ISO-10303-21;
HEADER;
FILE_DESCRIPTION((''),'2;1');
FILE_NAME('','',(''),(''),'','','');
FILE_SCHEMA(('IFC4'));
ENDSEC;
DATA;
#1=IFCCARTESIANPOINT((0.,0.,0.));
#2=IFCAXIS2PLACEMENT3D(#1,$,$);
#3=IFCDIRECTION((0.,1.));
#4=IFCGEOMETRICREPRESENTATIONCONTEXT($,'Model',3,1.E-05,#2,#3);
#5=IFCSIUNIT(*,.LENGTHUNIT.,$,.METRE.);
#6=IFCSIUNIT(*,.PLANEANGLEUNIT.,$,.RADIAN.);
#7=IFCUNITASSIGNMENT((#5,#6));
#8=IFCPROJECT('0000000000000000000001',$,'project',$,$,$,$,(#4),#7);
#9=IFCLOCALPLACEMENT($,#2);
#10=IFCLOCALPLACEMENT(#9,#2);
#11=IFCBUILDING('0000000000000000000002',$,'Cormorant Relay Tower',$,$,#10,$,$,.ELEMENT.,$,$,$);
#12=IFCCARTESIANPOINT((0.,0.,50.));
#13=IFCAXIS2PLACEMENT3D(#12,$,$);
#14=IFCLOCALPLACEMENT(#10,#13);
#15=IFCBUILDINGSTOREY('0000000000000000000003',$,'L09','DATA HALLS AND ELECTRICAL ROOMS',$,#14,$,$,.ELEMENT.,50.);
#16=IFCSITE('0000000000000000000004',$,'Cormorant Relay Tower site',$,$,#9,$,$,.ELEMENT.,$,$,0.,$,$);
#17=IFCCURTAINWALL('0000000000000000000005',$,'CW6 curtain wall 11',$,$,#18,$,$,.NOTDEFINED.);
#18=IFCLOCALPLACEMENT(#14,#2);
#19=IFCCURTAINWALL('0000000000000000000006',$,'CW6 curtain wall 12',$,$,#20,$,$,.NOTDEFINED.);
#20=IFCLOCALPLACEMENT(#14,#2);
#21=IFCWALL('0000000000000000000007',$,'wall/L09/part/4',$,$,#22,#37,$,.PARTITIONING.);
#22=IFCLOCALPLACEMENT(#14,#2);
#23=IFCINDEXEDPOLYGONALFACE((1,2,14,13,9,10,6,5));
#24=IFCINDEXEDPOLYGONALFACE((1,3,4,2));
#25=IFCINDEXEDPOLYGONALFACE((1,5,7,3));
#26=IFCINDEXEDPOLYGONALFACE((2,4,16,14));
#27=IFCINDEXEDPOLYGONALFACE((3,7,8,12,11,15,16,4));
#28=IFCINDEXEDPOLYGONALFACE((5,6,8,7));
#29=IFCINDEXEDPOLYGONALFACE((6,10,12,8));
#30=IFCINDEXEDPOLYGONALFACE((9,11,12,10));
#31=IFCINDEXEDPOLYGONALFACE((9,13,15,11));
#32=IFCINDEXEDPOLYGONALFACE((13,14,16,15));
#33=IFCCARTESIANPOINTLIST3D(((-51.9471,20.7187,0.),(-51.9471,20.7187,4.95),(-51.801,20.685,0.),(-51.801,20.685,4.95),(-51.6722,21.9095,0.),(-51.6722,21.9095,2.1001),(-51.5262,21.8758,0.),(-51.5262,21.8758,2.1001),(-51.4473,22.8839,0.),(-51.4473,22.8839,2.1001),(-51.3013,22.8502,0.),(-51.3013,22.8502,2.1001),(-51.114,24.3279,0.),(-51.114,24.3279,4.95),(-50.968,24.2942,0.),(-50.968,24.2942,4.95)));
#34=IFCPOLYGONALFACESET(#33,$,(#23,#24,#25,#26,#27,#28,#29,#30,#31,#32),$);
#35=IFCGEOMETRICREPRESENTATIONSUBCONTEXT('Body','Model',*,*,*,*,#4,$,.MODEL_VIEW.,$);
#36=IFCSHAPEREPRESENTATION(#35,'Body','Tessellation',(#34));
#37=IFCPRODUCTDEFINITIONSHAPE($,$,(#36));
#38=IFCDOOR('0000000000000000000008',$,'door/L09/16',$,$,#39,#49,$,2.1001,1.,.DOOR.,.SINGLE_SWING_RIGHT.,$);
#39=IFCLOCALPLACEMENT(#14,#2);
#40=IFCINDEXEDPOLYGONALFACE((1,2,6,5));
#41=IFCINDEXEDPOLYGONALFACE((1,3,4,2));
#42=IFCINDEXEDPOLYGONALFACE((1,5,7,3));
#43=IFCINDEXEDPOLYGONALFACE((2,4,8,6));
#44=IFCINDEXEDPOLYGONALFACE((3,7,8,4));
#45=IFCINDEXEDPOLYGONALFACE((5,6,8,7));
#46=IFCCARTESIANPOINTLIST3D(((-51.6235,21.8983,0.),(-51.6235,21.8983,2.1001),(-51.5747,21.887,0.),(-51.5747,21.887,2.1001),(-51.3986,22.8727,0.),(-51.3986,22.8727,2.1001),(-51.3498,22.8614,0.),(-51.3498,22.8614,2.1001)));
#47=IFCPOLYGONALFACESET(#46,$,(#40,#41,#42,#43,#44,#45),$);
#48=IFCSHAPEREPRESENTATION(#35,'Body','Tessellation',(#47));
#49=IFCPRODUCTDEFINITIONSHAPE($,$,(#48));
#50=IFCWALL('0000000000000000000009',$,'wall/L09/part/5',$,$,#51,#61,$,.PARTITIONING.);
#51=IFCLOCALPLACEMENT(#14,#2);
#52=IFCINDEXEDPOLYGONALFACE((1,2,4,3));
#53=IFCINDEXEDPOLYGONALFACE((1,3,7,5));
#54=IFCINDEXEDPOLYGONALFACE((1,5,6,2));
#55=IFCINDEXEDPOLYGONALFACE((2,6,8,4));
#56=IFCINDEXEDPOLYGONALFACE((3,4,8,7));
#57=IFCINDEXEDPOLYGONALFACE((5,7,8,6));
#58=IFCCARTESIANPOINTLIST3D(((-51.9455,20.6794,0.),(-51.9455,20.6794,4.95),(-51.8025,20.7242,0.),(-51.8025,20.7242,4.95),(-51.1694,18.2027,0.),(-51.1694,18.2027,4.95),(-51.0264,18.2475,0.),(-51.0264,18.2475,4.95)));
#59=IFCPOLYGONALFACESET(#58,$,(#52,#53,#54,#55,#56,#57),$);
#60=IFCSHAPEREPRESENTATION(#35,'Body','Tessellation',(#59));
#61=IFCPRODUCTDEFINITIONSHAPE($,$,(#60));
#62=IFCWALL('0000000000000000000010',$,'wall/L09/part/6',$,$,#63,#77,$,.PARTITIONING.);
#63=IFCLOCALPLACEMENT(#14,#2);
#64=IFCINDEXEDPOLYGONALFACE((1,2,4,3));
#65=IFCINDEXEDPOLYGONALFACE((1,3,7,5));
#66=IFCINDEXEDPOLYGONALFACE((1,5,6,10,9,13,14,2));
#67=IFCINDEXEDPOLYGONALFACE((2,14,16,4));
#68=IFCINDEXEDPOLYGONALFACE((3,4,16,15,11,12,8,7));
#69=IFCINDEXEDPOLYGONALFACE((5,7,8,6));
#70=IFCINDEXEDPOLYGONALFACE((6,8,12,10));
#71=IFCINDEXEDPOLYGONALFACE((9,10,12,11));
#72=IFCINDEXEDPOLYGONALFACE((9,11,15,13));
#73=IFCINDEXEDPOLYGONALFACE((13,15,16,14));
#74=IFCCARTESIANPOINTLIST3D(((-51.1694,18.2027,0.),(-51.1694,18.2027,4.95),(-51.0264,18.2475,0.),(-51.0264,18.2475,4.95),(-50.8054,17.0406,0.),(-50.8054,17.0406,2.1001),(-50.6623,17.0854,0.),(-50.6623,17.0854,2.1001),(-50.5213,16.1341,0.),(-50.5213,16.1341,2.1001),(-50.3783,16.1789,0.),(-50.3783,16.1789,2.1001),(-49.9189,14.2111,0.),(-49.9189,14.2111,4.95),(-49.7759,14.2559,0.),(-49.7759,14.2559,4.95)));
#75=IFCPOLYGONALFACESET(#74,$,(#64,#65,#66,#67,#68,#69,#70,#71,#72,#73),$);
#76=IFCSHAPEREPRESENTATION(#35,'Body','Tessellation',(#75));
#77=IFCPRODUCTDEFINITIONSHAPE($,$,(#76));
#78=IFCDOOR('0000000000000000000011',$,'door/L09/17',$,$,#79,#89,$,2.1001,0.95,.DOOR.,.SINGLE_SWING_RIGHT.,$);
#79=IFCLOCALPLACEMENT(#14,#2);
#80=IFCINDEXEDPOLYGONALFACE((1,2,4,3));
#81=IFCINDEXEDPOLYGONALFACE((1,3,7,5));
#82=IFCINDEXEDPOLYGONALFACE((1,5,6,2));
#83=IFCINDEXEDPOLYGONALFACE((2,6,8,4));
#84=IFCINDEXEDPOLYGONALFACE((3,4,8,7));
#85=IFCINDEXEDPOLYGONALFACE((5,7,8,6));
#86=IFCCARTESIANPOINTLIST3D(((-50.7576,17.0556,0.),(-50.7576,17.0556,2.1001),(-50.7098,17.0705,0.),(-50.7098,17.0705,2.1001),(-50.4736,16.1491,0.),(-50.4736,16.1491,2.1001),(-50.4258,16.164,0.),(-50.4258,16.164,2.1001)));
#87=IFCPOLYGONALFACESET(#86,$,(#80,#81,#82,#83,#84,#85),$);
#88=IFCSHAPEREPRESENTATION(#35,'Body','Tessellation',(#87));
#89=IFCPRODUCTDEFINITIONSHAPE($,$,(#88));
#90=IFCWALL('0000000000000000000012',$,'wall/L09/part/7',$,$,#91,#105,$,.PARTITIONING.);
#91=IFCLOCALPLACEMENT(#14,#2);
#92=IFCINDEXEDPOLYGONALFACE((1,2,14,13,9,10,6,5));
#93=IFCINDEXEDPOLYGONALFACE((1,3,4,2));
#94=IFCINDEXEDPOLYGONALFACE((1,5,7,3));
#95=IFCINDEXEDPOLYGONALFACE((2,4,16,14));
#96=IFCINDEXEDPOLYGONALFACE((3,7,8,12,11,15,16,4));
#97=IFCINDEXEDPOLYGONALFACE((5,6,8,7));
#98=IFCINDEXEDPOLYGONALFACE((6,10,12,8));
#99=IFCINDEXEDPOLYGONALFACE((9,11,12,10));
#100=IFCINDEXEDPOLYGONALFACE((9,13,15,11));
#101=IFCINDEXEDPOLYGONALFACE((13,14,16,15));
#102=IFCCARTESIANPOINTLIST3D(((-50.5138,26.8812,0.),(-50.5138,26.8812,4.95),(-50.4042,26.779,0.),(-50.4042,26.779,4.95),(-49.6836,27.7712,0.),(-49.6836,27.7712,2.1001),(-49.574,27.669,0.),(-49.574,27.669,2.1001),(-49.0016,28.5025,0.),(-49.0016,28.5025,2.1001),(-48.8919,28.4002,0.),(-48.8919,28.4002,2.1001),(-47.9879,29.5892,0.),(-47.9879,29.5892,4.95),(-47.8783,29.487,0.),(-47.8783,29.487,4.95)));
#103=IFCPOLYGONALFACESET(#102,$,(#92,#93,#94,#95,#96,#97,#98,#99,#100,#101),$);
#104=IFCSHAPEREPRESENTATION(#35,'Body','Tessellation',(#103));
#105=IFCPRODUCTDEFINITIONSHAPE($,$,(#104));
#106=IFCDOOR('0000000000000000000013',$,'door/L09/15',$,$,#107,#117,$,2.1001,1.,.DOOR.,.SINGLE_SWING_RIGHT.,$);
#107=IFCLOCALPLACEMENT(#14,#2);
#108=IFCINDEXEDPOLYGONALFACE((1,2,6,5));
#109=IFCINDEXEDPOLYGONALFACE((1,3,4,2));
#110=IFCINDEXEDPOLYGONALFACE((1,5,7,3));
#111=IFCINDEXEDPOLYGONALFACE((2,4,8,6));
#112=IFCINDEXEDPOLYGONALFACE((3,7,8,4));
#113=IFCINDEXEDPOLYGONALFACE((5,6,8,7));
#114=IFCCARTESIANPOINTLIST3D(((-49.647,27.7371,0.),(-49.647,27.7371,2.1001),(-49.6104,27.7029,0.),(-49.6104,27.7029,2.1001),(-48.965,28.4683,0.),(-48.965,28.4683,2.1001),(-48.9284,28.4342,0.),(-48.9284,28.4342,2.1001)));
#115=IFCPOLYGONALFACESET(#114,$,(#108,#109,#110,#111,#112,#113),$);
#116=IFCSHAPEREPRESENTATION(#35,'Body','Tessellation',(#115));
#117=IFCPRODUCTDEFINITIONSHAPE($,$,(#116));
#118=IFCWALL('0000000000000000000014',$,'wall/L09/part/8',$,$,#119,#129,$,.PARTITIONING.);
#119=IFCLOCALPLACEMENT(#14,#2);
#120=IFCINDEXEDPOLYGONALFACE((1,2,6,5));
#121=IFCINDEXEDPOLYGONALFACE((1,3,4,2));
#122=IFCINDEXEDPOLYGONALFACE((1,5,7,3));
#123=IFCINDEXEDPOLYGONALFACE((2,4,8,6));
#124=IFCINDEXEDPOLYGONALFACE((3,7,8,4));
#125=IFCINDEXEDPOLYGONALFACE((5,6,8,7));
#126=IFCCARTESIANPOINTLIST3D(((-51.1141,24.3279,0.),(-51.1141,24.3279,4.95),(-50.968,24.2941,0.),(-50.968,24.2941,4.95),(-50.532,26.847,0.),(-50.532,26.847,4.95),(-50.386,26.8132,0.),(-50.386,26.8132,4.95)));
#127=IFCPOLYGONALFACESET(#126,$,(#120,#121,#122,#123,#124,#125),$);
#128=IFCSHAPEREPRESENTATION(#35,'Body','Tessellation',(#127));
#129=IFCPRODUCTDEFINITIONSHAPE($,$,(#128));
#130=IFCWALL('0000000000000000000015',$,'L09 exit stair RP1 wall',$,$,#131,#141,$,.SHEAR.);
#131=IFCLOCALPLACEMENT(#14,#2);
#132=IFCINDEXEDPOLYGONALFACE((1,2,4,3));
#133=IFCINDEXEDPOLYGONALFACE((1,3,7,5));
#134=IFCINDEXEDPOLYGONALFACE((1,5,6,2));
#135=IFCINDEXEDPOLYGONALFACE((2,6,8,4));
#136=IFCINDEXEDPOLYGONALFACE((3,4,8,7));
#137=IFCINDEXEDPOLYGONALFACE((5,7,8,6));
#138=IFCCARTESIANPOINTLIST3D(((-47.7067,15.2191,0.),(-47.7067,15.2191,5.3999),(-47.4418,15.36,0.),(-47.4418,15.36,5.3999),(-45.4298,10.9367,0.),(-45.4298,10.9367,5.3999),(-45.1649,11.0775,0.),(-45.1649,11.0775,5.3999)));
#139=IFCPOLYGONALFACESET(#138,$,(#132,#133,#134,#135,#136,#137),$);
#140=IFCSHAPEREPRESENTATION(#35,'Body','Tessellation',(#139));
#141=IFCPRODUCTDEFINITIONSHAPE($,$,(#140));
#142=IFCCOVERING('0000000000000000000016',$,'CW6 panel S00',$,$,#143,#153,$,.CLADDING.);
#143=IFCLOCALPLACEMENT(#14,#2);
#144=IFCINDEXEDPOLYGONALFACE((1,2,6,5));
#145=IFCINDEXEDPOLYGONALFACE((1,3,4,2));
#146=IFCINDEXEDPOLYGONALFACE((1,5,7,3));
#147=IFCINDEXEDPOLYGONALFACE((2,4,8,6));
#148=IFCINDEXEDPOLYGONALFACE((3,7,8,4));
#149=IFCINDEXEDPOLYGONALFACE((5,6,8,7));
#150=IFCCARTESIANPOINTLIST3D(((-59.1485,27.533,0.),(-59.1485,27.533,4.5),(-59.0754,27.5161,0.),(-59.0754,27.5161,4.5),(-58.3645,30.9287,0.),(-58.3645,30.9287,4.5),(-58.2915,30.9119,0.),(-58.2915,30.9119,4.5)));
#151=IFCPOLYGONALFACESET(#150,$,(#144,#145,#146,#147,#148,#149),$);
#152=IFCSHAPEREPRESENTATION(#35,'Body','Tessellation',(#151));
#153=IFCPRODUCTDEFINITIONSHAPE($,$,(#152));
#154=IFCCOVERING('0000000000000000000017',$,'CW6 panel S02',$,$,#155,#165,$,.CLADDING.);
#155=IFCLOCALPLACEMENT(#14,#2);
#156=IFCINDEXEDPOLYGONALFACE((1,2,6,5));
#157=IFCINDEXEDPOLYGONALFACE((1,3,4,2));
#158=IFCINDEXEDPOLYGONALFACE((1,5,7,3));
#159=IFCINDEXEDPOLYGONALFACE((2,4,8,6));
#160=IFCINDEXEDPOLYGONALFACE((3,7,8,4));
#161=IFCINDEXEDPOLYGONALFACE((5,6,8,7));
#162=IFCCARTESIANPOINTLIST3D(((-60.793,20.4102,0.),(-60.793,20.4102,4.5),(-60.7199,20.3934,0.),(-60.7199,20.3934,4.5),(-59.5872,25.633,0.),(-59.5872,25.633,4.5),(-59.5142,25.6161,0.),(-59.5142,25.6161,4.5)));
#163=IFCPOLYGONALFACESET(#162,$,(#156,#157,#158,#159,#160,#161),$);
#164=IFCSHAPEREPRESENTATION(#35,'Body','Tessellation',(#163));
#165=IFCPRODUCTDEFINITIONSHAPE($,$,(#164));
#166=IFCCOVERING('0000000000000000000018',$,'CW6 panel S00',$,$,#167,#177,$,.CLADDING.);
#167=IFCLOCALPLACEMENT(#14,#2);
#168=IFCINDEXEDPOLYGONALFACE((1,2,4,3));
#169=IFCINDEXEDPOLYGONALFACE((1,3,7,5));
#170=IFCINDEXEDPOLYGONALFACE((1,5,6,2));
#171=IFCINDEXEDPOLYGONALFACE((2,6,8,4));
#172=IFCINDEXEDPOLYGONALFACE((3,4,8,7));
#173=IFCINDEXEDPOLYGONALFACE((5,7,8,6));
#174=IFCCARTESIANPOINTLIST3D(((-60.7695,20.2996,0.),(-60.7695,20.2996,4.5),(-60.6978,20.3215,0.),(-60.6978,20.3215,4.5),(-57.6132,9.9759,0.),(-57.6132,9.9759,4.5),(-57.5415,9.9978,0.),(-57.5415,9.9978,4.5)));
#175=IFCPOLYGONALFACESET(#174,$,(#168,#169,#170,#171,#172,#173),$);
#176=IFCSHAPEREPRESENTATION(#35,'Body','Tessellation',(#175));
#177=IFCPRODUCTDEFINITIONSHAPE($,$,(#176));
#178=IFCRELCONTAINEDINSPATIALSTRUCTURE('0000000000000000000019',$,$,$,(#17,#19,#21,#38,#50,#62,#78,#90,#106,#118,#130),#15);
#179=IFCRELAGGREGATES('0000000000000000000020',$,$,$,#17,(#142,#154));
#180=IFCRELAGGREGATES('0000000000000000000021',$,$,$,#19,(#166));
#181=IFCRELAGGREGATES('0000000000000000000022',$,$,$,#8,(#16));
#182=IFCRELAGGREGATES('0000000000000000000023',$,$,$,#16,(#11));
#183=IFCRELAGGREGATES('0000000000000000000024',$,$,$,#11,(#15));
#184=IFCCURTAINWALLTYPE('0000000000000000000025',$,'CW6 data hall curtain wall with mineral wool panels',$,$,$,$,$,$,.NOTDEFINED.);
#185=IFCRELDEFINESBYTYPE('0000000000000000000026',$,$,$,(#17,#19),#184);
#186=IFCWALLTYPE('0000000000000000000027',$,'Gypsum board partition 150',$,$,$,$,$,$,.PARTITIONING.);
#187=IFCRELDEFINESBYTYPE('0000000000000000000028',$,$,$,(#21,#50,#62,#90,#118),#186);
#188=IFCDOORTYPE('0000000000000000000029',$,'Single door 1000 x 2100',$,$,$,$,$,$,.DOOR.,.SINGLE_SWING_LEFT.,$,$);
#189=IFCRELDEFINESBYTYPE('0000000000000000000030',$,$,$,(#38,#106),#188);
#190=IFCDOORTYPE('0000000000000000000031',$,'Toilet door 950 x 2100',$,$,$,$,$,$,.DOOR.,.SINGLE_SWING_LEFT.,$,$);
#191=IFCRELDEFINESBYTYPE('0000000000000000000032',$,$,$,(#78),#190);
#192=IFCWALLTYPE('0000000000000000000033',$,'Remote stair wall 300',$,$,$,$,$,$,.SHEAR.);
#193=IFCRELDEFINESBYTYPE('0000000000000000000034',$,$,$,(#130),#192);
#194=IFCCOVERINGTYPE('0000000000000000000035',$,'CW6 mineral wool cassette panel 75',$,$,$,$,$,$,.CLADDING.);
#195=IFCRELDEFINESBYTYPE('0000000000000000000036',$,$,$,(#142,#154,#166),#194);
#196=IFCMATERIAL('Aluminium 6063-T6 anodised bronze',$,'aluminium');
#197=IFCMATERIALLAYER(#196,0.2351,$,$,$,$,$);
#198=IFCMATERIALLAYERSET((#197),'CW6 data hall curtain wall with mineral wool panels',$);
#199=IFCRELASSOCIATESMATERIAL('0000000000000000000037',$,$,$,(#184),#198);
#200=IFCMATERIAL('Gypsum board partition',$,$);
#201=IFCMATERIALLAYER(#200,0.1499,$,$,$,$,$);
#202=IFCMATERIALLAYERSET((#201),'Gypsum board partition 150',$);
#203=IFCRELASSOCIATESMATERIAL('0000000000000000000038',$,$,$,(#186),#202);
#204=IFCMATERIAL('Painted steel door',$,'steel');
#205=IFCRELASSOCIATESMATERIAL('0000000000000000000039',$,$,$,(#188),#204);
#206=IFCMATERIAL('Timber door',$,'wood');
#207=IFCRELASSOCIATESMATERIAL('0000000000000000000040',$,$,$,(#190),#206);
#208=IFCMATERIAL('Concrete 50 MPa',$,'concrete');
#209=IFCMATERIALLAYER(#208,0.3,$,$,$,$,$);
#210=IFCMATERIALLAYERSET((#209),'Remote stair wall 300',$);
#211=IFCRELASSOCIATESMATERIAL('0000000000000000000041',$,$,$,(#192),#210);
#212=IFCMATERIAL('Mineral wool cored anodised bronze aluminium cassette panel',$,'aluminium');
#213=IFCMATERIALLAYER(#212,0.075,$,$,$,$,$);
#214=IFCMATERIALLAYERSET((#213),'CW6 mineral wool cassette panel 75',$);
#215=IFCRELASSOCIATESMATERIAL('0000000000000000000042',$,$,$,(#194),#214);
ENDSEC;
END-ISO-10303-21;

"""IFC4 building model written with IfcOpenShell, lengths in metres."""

from ifc_helpers import new_model, si_unit, direction, frame, frame_2d, origin, origin_2d, place, context, subcontext, project, spatial, rectangle, extrude, material, layer, layer_set, type_object, element, fill, aggregate, save


model = new_model("IFC4")

# Units and contexts
model_context = context("Model", 3, precision=1e-05, world=origin(), true_north=direction((0.0, 1.0)))
body_context = subcontext(model_context, "Body", "Model", "MODEL_VIEW")
ifc_project = project(units=[si_unit("LENGTHUNIT", "METRE"), si_unit("PLANEANGLEUNIT", "RADIAN")], contexts=[model_context])

# Site, building, storey
site_placement = place(None, origin())
site = spatial("IfcSite", under=ifc_project, at=site_placement, Name="Cormorant Relay Tower site", CompositionType="ELEMENT", RefElevation=0.0)
building_placement = place(site_placement, origin())
building = spatial("IfcBuilding", under=site, at=building_placement, Name="Cormorant Relay Tower", CompositionType="ELEMENT")
storey_placement = place(building_placement, frame((0.0, 0.0, 50.0)))
storey = spatial("IfcBuildingStorey", under=building, at=storey_placement, Name="L09", Description="DATA HALLS AND ELECTRICAL ROOMS", CompositionType="ELEMENT", Elevation=50.0)

# Curtain wall
ifc_material_1 = material(Name="Aluminium 6063-T6 anodised bronze", Category="aluminium")
ifc_layer_1 = layer(ifc_material_1, 0.2351)
ifc_layer_set_1 = layer_set([ifc_layer_1], Name="CW6 data hall curtain wall with mineral wool panels")
curtain_wall_type = type_object("IfcCurtainWallType", Name="CW6 data hall curtain wall with mineral wool panels", PredefinedType="NOTDEFINED", material=ifc_layer_set_1)
curtain_wall_1_placement = place(storey_placement, origin())
curtain_wall_1 = element("IfcCurtainWall", 1, at=curtain_wall_1_placement, inside=storey, type_object=curtain_wall_type, Name="CW6 curtain wall 11", PredefinedType="NOTDEFINED")

# Curtain wall
curtain_wall_2_placement = place(storey_placement, origin())
curtain_wall_2 = element("IfcCurtainWall", 2, at=curtain_wall_2_placement, inside=storey, type_object=curtain_wall_type, Name="CW6 curtain wall 12", PredefinedType="NOTDEFINED")

# Shared definitions
ifc_material_2 = material(Name="Gypsum board partition")
ifc_layer_2 = layer(ifc_material_2, 0.1499)
ifc_layer_set_2 = layer_set([ifc_layer_2], Name="Gypsum board partition 150")
wall_type_1 = type_object("IfcWallType", Name="Gypsum board partition 150", PredefinedType="PARTITIONING", material=ifc_layer_set_2)

# Wall, opening, door
wall_1_placement = place(storey_placement, frame((-51.041, 24.311, 0.0), z_axis=(0.0, 0.0, 1.0), x_axis=(-0.224893, -0.974383, 0.0)))
wall_1 = element("IfcWall", 3, at=wall_1_placement, inside=storey, type_object=wall_type_1, Name="wall/L09/part/4", PredefinedType="PARTITIONING", context=body_context, shape_type="SweptSolid", body=[
    extrude(rectangle(XDim=3.7041, YDim=0.1499, at=frame_2d((1.8521, 0.0))), origin(), (0.0, 0.0, 1.0), 4.95),
])
opening_1_placement = place(wall_1_placement, frame((1.4819, 0.0, 0.0)))
opening_1 = element("IfcOpeningElement", 4, at=opening_1_placement, cuts=wall_1, PredefinedType="OPENING", context=body_context, shape_type="SweptSolid", body=[
    extrude(rectangle(XDim=1.0, YDim=2.1001, at=frame_2d((0.5, 1.05))), frame((0.0, 0.085, 0.0), z_axis=(0.0, -1.0, 0.0), x_axis=(1.0, 0.0, 0.0)), (0.0, 0.0, 1.0), 0.1699),
])
ifc_material_3 = material(Name="Painted steel door", Category="steel")
door_type_1 = type_object("IfcDoorType", Name="Single door 1000 x 2100", OperationType="SINGLE_SWING_LEFT", PredefinedType="DOOR", material=ifc_material_3)
door_1_placement = place(opening_1_placement, frame((1.0, 0.0, 0.0), z_axis=(0.0, 0.0, 1.0), x_axis=(-1.0, 0.0, 0.0)))
door_1 = element("IfcDoor", 5, at=door_1_placement, inside=storey, type_object=door_type_1, Name="door/L09/16", OperationType="SINGLE_SWING_RIGHT", OverallHeight=2.1001, OverallWidth=1.0, PredefinedType="DOOR", context=body_context, shape_type="SweptSolid", body=[
    extrude(rectangle(XDim=1.0, YDim=2.1001, at=frame_2d((0.5, 1.05))), frame((0.0, 0.0249, 0.0), z_axis=(0.0, -1.0, 0.0), x_axis=(1.0, 0.0, 0.0)), (0.0, 0.0, 1.0), 0.05),
])
fill(opening_1, door_1)

# Wall
wall_2_placement = place(storey_placement, frame((-51.874, 20.7019, 0.0), z_axis=(0.0, 0.0, 1.0), x_axis=(0.299019, -0.954247, 0.0)))
element("IfcWall", 6, at=wall_2_placement, inside=storey, type_object=wall_type_1, Name="wall/L09/part/5", PredefinedType="PARTITIONING", context=body_context, shape_type="SweptSolid", body=[
    extrude(rectangle(XDim=2.5955, YDim=0.1499, at=frame_2d((1.2979, 0.0))), origin(), (0.0, 0.0, 1.0), 4.95),
])

# Walls, openings, doors
wall_3_placement = place(storey_placement, frame((-49.8474, 14.2336, 0.0), z_axis=(0.0, 0.0, 1.0), x_axis=(-0.298963, 0.954265, 0.0)))
wall_3 = element("IfcWall", 7, at=wall_3_placement, inside=storey, type_object=wall_type_1, Name="wall/L09/part/6", PredefinedType="PARTITIONING", context=body_context, shape_type="SweptSolid", body=[
    extrude(rectangle(XDim=4.1829, YDim=0.1499, at=frame_2d((2.0913, 0.0))), origin(), (0.0, 0.0, 1.0), 4.95),
])
opening_2_placement = place(wall_3_placement, frame((2.0149, 0.0, 0.0)))
opening_2 = element("IfcOpeningElement", 8, at=opening_2_placement, cuts=wall_3, PredefinedType="OPENING", context=body_context, shape_type="SweptSolid", body=[
    extrude(rectangle(XDim=0.95, YDim=2.1001, at=frame_2d((0.4751, 1.05))), frame((0.0, 0.085, 0.0), z_axis=(0.0, -1.0, 0.0), x_axis=(1.0, 0.0, 0.0)), (0.0, 0.0, 1.0), 0.1699),
])
ifc_material_4 = material(Name="Timber door", Category="wood")
door_type_2 = type_object("IfcDoorType", Name="Toilet door 950 x 2100", OperationType="SINGLE_SWING_LEFT", PredefinedType="DOOR", material=ifc_material_4)
door_2_placement = place(opening_2_placement, origin())
door_2 = element("IfcDoor", 9, at=door_2_placement, inside=storey, type_object=door_type_2, Name="door/L09/17", OperationType="SINGLE_SWING_RIGHT", OverallHeight=2.1001, OverallWidth=0.95, PredefinedType="DOOR", context=body_context, shape_type="SweptSolid", body=[
    extrude(rectangle(XDim=0.95, YDim=2.1001, at=frame_2d((0.4751, 1.05))), frame((0.0, 0.0249, 0.0), z_axis=(0.0, -1.0, 0.0), x_axis=(1.0, 0.0, 0.0)), (0.0, 0.0, 1.0), 0.05),
])
fill(opening_2, door_2)
wall_4_placement = place(storey_placement, frame((-47.9331, 29.5381, 0.0), z_axis=(0.0, 0.0, 1.0), x_axis=(-0.682088, -0.73127, 0.0)))
wall_4 = element("IfcWall", 10, at=wall_4_placement, inside=storey, type_object=wall_type_1, Name="wall/L09/part/7", PredefinedType="PARTITIONING", context=body_context, shape_type="SweptSolid", body=[
    extrude(rectangle(XDim=3.7031, YDim=0.1499, at=frame_2d((1.8516, 0.0))), origin(), (0.0, 0.0, 1.0), 4.95),
])
opening_3_placement = place(wall_4_placement, frame((1.4861, 0.0, 0.0)))
opening_3 = element("IfcOpeningElement", 11, at=opening_3_placement, cuts=wall_4, PredefinedType="OPENING", context=body_context, shape_type="SweptSolid", body=[
    extrude(rectangle(XDim=1.0, YDim=2.1001, at=frame_2d((0.5, 1.05))), frame((0.0, 0.085, 0.0), z_axis=(0.0, -1.0, 0.0), x_axis=(1.0, 0.0, 0.0)), (0.0, 0.0, 1.0), 0.1699),
])
door_3_placement = place(opening_3_placement, frame((1.0, 0.0, 0.0), z_axis=(0.0, 0.0, 1.0), x_axis=(-1.0, 0.0, 0.0)))
door_3 = element("IfcDoor", 12, at=door_3_placement, inside=storey, type_object=door_type_1, Name="door/L09/15", OperationType="SINGLE_SWING_RIGHT", OverallHeight=2.1001, OverallWidth=1.0, PredefinedType="DOOR", context=body_context, shape_type="SweptSolid", body=[
    extrude(rectangle(XDim=1.0, YDim=2.1001, at=frame_2d((0.5, 1.05))), frame((0.0, 0.0249, 0.0), z_axis=(0.0, -1.0, 0.0), x_axis=(1.0, 0.0, 0.0)), (0.0, 0.0, 1.0), 0.05),
])
fill(opening_3, door_3)

# Walls
wall_5_placement = place(storey_placement, frame((-50.459, 26.8301, 0.0), z_axis=(0.0, 0.0, 1.0), x_axis=(-0.225122, -0.974331, 0.0)))
element("IfcWall", 13, at=wall_5_placement, inside=storey, type_object=wall_type_1, Name="wall/L09/part/8", PredefinedType="PARTITIONING", context=body_context, shape_type="SweptSolid", body=[
    extrude(rectangle(XDim=2.5854, YDim=0.1499, at=frame_2d((1.2927, 0.0))), origin(), (0.0, 0.0, 1.0), 4.95),
])
ifc_material_5 = material(Name="Concrete 50 MPa", Category="concrete")
ifc_layer_3 = layer(ifc_material_5, 0.3)
ifc_layer_set_3 = layer_set([ifc_layer_3], Name="Remote stair wall 300")
wall_type_2 = type_object("IfcWallType", Name="Remote stair wall 300", PredefinedType="SHEAR", material=ifc_layer_set_3)
wall_6_placement = place(storey_placement, frame((-47.5742, 15.2896, 0.0), z_axis=(0.0, 0.0, 1.0), x_axis=(0.469443, -0.882963, 0.0)))
element("IfcWall", 14, at=wall_6_placement, inside=storey, type_object=wall_type_2, Name="L09 exit stair RP1 wall", PredefinedType="SHEAR", context=body_context, shape_type="SweptSolid", body=[
    extrude(rectangle(XDim=4.8501, YDim=0.3, at=frame_2d((2.425, 0.0))), origin(), (0.0, 0.0, 1.0), 5.3999),
])

# Coverings
ifc_material_6 = material(Name="Mineral wool cored anodised bronze aluminium cassette panel", Category="aluminium")
ifc_layer_4 = layer(ifc_material_6, 0.075)
ifc_layer_set_4 = layer_set([ifc_layer_4], Name="CW6 mineral wool cassette panel 75")
covering_type = type_object("IfcCoveringType", Name="CW6 mineral wool cassette panel 75", PredefinedType="CLADDING", material=ifc_layer_set_4)
covering_1_placement = place(storey_placement, frame((-58.72, 29.2224, 0.0), z_axis=(0.0, 0.0, 1.0), x_axis=(-0.224951, -0.97437, 0.0)))
covering_1 = element("IfcCovering", 15, at=covering_1_placement, type_object=covering_type, Name="CW6 panel S00", PredefinedType="CLADDING", context=body_context, shape_type="SweptSolid", body=[
    extrude(rectangle(XDim=3.4851, YDim=0.075, at=origin_2d()), origin(), (0.0, 0.0, 1.0), 4.5),
])
covering_2_placement = place(storey_placement, frame((-60.1536, 23.0132, 0.0), z_axis=(0.0, 0.0, 1.0), x_axis=(-0.224951, -0.97437, 0.0)))
covering_2 = element("IfcCovering", 16, at=covering_2_placement, type_object=covering_type, Name="CW6 panel S02", PredefinedType="CLADDING", context=body_context, shape_type="SweptSolid", body=[
    extrude(rectangle(XDim=5.3601, YDim=0.075, at=origin_2d()), origin(), (0.0, 0.0, 1.0), 4.5),
])
aggregate(curtain_wall_1, [covering_1, covering_2])
covering_3_placement = place(storey_placement, frame((-59.1555, 15.1487, 0.0), z_axis=(0.0, 0.0, 1.0), x_axis=(0.292372, -0.956305, 0.0)))
covering_3 = element("IfcCovering", 17, at=covering_3_placement, type_object=covering_type, Name="CW6 panel S00", PredefinedType="CLADDING", context=body_context, shape_type="SweptSolid", body=[
    extrude(rectangle(XDim=10.7954, YDim=0.075, at=origin_2d()), origin(), (0.0, 0.0, 1.0), 4.5),
])
aggregate(curtain_wall_2, [covering_3])

save(model, "model.ifc")
